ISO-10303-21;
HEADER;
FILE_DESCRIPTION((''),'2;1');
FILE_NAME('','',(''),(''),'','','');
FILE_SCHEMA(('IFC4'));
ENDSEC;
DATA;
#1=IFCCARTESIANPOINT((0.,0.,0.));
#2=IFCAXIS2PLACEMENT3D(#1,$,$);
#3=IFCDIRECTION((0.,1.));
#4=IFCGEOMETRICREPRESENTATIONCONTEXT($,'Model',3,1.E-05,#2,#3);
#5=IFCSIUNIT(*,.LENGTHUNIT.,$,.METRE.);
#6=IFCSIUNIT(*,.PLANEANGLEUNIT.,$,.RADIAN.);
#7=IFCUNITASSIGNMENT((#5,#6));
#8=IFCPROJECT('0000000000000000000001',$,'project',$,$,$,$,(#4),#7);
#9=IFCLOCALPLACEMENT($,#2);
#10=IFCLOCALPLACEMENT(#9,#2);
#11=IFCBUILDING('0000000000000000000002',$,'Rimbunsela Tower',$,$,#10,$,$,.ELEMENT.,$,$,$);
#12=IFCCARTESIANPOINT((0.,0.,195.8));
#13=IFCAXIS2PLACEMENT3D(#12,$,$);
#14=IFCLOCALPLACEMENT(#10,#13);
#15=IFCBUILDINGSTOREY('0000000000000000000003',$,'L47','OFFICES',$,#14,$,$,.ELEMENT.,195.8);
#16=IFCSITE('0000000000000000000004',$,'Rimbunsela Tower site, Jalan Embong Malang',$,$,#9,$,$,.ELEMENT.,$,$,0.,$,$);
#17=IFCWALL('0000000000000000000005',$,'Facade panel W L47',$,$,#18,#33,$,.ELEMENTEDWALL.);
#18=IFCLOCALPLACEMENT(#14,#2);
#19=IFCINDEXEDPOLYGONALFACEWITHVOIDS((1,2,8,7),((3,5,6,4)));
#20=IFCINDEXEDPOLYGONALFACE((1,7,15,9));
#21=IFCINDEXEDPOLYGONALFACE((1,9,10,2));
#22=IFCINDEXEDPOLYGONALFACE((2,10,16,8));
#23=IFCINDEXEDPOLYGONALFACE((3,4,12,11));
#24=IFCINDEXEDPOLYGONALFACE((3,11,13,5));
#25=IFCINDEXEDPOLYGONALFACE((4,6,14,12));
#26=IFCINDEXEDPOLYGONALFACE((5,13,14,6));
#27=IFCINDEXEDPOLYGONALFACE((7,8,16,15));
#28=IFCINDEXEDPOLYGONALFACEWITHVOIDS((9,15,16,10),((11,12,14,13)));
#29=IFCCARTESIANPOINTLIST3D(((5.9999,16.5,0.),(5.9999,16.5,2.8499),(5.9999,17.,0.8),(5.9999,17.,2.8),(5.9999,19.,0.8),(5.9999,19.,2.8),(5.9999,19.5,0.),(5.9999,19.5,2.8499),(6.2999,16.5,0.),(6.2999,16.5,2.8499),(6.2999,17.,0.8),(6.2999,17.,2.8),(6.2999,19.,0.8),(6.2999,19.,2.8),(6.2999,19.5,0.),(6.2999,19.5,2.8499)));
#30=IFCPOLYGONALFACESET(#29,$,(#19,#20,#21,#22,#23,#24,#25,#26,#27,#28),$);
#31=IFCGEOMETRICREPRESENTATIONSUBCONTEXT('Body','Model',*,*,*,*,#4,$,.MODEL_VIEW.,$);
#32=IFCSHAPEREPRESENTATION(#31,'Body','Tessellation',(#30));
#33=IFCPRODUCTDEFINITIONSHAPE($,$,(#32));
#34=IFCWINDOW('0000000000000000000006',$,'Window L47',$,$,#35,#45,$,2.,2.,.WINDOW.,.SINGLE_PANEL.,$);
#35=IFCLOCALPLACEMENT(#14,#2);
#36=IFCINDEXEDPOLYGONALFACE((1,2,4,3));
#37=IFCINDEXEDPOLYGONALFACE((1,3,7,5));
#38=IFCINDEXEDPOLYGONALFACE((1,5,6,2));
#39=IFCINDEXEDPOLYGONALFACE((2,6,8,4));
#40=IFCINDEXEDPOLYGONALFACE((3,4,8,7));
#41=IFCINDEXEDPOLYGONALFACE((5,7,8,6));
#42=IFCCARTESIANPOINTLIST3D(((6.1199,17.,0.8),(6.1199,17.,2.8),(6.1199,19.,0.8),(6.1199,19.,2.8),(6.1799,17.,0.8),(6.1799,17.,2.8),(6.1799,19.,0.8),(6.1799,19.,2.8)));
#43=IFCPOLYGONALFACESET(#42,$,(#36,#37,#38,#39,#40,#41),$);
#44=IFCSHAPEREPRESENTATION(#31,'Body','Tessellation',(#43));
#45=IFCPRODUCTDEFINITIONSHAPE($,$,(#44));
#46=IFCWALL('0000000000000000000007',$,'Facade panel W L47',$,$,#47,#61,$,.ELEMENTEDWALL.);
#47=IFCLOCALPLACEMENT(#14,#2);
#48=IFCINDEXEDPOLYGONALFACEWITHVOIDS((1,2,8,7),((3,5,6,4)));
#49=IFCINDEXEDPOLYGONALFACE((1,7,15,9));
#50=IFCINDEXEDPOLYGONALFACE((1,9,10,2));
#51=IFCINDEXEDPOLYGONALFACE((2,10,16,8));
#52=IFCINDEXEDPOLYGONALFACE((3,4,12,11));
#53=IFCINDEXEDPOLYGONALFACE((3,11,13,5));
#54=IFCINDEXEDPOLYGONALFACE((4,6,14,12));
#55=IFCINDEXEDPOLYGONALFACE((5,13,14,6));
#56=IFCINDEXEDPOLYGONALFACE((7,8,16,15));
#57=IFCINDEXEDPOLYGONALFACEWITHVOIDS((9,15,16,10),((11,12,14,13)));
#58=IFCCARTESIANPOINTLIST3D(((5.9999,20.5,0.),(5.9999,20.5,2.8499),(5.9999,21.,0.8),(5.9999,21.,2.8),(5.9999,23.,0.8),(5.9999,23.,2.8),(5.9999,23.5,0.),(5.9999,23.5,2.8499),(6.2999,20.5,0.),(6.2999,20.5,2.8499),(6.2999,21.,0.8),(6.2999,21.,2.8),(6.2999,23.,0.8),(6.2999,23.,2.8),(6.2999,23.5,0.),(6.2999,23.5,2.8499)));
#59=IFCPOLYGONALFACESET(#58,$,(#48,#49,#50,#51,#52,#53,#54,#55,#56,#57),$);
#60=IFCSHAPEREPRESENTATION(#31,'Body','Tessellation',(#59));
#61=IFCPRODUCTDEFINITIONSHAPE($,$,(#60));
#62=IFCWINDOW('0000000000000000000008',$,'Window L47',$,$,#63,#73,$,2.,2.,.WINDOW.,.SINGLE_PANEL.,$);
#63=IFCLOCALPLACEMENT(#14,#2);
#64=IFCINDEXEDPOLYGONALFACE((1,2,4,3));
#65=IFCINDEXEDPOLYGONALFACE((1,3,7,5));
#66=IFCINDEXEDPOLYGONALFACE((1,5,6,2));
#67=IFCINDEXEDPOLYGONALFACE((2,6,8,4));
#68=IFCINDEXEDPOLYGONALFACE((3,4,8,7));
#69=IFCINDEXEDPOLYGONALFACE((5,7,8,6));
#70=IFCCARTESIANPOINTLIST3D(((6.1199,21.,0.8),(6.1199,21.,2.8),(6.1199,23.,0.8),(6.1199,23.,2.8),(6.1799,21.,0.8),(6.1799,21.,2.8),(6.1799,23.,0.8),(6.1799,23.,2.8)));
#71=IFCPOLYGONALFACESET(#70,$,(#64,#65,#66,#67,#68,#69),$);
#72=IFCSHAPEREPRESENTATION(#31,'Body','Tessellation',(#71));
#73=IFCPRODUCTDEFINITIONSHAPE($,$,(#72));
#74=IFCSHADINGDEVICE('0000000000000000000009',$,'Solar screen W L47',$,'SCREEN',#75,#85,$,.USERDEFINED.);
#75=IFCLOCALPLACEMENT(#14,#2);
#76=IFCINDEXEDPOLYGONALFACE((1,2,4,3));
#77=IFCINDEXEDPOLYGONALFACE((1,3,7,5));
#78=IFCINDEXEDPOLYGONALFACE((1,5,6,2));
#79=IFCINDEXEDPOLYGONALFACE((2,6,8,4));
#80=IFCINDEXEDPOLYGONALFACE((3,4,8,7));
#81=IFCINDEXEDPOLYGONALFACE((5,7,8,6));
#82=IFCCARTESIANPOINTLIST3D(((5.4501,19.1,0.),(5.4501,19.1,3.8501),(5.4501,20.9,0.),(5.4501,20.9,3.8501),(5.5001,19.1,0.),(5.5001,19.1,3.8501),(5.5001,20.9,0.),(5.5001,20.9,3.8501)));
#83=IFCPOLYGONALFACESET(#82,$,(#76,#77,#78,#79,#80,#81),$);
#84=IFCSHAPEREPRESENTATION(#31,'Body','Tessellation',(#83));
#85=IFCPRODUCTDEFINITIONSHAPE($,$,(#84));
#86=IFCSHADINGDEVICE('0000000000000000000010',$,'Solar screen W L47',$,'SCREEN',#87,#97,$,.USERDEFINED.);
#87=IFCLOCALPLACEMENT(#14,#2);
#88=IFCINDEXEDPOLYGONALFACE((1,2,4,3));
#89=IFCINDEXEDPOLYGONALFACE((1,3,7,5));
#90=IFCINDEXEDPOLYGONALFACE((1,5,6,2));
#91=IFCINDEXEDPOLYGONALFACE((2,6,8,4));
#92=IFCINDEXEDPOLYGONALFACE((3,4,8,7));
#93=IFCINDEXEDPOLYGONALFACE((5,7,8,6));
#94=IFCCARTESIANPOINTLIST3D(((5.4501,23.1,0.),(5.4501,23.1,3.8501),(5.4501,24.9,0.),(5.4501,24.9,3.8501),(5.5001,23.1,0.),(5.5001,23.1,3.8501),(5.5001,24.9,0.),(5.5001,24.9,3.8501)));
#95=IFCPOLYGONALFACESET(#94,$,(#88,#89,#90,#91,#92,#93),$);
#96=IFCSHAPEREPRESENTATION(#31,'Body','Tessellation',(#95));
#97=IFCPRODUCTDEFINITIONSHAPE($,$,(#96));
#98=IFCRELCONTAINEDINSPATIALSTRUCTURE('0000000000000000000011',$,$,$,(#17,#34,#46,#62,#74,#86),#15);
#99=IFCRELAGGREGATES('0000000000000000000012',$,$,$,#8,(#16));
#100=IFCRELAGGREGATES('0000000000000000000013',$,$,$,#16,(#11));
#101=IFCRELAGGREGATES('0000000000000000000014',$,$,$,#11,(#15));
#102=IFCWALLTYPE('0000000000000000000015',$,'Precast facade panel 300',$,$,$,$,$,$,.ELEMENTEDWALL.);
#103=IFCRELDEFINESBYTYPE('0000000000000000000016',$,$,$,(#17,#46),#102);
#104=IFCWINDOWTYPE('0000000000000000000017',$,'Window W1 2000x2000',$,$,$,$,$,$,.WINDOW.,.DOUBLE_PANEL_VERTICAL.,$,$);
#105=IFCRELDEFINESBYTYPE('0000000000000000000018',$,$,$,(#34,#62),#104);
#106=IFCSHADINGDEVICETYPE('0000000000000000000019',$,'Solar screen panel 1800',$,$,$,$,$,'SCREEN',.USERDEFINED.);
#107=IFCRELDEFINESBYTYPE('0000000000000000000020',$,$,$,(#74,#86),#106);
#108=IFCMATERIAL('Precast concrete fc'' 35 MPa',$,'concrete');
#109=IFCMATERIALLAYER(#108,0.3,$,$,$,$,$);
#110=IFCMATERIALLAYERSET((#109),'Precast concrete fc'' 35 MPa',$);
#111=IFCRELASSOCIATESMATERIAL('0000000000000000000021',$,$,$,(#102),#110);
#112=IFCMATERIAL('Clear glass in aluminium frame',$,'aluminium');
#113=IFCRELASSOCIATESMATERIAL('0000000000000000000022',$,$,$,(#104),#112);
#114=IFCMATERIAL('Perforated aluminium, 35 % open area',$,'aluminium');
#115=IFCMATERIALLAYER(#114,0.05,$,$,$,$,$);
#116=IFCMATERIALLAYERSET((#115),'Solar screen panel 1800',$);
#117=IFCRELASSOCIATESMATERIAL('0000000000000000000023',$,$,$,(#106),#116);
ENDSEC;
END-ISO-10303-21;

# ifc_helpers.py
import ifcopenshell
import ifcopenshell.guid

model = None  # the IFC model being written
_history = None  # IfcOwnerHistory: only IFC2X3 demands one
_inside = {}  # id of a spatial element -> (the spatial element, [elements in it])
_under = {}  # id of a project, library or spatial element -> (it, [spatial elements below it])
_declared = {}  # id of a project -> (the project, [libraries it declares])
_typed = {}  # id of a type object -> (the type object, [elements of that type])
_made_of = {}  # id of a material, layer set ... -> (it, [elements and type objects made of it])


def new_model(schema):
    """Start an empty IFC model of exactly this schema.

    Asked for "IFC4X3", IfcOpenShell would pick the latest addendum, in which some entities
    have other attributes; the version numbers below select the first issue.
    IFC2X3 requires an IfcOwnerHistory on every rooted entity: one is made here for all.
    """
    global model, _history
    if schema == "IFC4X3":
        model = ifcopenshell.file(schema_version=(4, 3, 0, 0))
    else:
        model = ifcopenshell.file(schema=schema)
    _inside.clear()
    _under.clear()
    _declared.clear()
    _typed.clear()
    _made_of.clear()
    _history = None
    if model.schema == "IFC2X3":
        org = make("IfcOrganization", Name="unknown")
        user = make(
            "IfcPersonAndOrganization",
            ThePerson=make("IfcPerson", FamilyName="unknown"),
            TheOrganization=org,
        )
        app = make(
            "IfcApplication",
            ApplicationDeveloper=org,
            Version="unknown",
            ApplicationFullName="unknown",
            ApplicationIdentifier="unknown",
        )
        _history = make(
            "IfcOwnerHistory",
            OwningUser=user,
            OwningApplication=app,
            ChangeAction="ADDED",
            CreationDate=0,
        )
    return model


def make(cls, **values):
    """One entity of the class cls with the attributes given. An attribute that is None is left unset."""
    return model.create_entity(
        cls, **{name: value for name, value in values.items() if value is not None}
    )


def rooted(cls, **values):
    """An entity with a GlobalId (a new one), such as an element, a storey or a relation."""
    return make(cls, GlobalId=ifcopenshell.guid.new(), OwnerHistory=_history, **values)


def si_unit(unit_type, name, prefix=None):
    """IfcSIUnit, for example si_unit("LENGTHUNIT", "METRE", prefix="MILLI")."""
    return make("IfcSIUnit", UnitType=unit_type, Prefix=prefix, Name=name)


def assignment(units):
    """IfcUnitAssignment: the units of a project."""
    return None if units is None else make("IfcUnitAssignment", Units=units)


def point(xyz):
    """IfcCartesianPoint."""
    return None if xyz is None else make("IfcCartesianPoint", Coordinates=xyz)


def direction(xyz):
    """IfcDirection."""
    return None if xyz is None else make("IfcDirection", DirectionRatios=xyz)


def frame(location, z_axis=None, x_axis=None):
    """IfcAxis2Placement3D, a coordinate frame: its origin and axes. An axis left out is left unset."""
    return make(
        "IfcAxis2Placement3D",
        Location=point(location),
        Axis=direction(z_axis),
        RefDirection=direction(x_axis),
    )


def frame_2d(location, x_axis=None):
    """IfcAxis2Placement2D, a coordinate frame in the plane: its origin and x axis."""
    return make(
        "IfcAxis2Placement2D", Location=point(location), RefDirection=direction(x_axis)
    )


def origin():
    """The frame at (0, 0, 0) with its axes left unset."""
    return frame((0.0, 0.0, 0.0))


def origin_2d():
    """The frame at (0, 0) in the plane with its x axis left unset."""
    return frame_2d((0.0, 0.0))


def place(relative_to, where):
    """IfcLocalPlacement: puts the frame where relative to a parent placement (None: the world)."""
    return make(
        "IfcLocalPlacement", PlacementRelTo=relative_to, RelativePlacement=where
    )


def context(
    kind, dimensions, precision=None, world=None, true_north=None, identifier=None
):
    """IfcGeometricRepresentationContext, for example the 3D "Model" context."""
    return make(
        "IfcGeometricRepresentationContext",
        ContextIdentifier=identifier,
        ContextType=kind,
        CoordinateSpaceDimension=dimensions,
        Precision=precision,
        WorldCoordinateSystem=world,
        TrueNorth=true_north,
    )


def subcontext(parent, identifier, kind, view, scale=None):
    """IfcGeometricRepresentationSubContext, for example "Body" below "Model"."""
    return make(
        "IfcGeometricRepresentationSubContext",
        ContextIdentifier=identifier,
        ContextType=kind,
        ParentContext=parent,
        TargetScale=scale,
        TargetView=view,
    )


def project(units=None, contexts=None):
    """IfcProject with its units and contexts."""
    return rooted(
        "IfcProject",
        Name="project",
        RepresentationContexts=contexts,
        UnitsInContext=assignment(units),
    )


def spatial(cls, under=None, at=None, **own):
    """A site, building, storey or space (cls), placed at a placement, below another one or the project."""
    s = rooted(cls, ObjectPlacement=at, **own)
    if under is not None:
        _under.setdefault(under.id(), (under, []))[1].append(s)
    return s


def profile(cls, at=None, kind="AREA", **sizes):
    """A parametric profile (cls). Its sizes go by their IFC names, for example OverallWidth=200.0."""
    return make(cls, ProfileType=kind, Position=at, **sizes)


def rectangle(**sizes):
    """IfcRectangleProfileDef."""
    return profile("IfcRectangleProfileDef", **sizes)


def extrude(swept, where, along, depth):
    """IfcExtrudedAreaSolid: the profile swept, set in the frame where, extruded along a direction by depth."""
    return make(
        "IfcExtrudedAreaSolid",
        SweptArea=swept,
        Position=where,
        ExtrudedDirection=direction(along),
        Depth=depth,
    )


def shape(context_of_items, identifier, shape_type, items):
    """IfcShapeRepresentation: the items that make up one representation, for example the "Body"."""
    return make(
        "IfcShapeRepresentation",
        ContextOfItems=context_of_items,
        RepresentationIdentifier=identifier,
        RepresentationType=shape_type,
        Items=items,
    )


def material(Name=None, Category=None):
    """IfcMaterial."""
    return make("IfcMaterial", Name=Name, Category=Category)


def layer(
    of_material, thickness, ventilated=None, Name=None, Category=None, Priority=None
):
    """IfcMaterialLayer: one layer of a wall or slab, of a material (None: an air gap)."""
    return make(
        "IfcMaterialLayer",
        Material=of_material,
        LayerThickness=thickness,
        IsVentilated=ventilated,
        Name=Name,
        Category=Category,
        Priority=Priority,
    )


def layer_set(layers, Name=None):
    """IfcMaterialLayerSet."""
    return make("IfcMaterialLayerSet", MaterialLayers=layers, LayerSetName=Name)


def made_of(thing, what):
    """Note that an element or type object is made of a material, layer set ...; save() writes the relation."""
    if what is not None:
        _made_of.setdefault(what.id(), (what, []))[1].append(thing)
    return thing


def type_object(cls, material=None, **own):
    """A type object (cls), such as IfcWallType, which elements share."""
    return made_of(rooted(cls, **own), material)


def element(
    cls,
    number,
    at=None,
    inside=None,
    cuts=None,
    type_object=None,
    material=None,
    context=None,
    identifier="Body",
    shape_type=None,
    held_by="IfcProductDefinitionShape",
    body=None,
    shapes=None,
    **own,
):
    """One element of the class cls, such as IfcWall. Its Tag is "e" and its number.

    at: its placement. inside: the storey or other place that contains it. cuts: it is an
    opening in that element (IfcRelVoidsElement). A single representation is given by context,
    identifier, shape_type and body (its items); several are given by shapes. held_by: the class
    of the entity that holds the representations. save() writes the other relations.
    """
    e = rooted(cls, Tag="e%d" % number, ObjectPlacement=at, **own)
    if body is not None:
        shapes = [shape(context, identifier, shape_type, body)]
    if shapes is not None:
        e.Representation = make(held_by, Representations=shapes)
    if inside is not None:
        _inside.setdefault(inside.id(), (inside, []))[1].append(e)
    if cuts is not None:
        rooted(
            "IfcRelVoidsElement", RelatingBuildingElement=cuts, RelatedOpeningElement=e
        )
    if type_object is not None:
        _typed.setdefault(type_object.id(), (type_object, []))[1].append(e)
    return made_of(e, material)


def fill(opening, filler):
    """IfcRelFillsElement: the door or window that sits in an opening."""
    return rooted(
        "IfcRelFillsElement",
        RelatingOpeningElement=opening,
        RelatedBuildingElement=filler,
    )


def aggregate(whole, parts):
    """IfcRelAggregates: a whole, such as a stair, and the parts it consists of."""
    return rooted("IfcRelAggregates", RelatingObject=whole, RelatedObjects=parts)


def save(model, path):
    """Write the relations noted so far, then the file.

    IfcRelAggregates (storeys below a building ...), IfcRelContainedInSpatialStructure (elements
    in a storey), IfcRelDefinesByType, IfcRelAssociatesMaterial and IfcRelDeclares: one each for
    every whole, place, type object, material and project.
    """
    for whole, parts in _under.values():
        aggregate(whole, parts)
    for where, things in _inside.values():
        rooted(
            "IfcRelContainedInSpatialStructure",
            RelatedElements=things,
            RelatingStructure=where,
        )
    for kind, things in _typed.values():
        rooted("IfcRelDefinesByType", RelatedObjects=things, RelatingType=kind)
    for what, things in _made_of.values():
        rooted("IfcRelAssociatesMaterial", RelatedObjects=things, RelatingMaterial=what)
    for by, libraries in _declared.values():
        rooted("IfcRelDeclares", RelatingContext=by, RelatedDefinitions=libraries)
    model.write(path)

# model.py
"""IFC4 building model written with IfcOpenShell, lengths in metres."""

from ifc_helpers import new_model, si_unit, direction, frame, frame_2d, origin, origin_2d, place, context, subcontext, project, spatial, rectangle, extrude, material, layer, layer_set, type_object, element, fill, save


model = new_model("IFC4")

# Units and contexts
model_context = context("Model", 3, precision=1e-05, world=origin(), true_north=direction((0.0, 1.0)))
body_context = subcontext(model_context, "Body", "Model", "MODEL_VIEW")
ifc_project = project(units=[si_unit("LENGTHUNIT", "METRE"), si_unit("PLANEANGLEUNIT", "RADIAN")], contexts=[model_context])

# Site, building, storey
site_placement = place(None, origin())
site = spatial("IfcSite", under=ifc_project, at=site_placement, Name="Rimbunsela Tower site, Jalan Embong Malang", CompositionType="ELEMENT", RefElevation=0.0)
building_placement = place(site_placement, origin())
building = spatial("IfcBuilding", under=site, at=building_placement, Name="Rimbunsela Tower", CompositionType="ELEMENT")
storey_placement = place(building_placement, frame((0.0, 0.0, 195.8)))
storey = spatial("IfcBuildingStorey", under=building, at=storey_placement, Name="L47", Description="OFFICES", CompositionType="ELEMENT", Elevation=195.8)

# Walls, openings, windows
ifc_material_1 = material(Name="Precast concrete fc' 35 MPa", Category="concrete")
ifc_layer_1 = layer(ifc_material_1, 0.3)
ifc_layer_set_1 = layer_set([ifc_layer_1], Name="Precast concrete fc' 35 MPa")
wall_type_1 = type_object("IfcWallType", Name="Precast facade panel 300", PredefinedType="ELEMENTEDWALL", material=ifc_layer_set_1)
wall_1_placement = place(storey_placement, frame((6.1499, 19.5, 0.0), z_axis=(0.0, 0.0, 1.0), x_axis=(0.0, -1.0, 0.0)))
wall_1 = element("IfcWall", 1, at=wall_1_placement, inside=storey, type_object=wall_type_1, Name="Facade panel W L47", PredefinedType="ELEMENTEDWALL", context=body_context, shape_type="SweptSolid", body=[
    extrude(rectangle(XDim=3.0, YDim=0.3, at=frame_2d((1.5, 0.0))), origin(), (0.0, 0.0, 1.0), 2.8499),
])
opening_1_placement = place(wall_1_placement, frame((0.5, 0.0, 0.8)))
opening_1 = element("IfcOpeningElement", 2, at=opening_1_placement, cuts=wall_1, PredefinedType="OPENING", context=body_context, shape_type="SweptSolid", body=[
    extrude(rectangle(XDim=2.0, YDim=2.0, at=frame_2d((1.0, 1.0))), frame((0.0, 0.1599, 0.0), z_axis=(0.0, -1.0, 0.0), x_axis=(1.0, 0.0, 0.0)), (0.0, 0.0, 1.0), 0.3201),
])
ifc_material_2 = material(Name="Clear glass in aluminium frame", Category="aluminium")
window_type = type_object("IfcWindowType", Name="Window W1 2000x2000", PartitioningType="DOUBLE_PANEL_VERTICAL", PredefinedType="WINDOW", material=ifc_material_2)
window_1_placement = place(opening_1_placement, origin())
window_1 = element("IfcWindow", 3, at=window_1_placement, inside=storey, type_object=window_type, Name="Window L47", OverallHeight=2.0, OverallWidth=2.0, PartitioningType="SINGLE_PANEL", PredefinedType="WINDOW", context=body_context, shape_type="SweptSolid", body=[
    extrude(rectangle(XDim=2.0, YDim=2.0, at=frame_2d((1.0, 1.0))), frame((0.0, 0.03, 0.0), z_axis=(0.0, -1.0, 0.0), x_axis=(1.0, 0.0, 0.0)), (0.0, 0.0, 1.0), 0.0601),
])
fill(opening_1, window_1)
wall_2_placement = place(storey_placement, frame((6.1499, 23.5, 0.0), z_axis=(0.0, 0.0, 1.0), x_axis=(0.0, -1.0, 0.0)))
wall_2 = element("IfcWall", 4, at=wall_2_placement, inside=storey, type_object=wall_type_1, Name="Facade panel W L47", PredefinedType="ELEMENTEDWALL", context=body_context, shape_type="SweptSolid", body=[
    extrude(rectangle(XDim=3.0, YDim=0.3, at=frame_2d((1.5, 0.0))), origin(), (0.0, 0.0, 1.0), 2.8499),
])
opening_2_placement = place(wall_2_placement, frame((0.5, 0.0, 0.8)))
opening_2 = element("IfcOpeningElement", 5, at=opening_2_placement, cuts=wall_2, PredefinedType="OPENING", context=body_context, shape_type="SweptSolid", body=[
    extrude(rectangle(XDim=2.0, YDim=2.0, at=frame_2d((1.0, 1.0))), frame((0.0, 0.1599, 0.0), z_axis=(0.0, -1.0, 0.0), x_axis=(1.0, 0.0, 0.0)), (0.0, 0.0, 1.0), 0.3201),
])
window_2_placement = place(opening_2_placement, origin())
window_2 = element("IfcWindow", 6, at=window_2_placement, inside=storey, type_object=window_type, Name="Window L47", OverallHeight=2.0, OverallWidth=2.0, PartitioningType="SINGLE_PANEL", PredefinedType="WINDOW", context=body_context, shape_type="SweptSolid", body=[
    extrude(rectangle(XDim=2.0, YDim=2.0, at=frame_2d((1.0, 1.0))), frame((0.0, 0.03, 0.0), z_axis=(0.0, -1.0, 0.0), x_axis=(1.0, 0.0, 0.0)), (0.0, 0.0, 1.0), 0.0601),
])
fill(opening_2, window_2)

# Shading devices
ifc_material_3 = material(Name="Perforated aluminium, 35 % open area", Category="aluminium")
ifc_layer_2 = layer(ifc_material_3, 0.05)
ifc_layer_set_2 = layer_set([ifc_layer_2], Name="Solar screen panel 1800")
shading_device_type = type_object("IfcShadingDeviceType", Name="Solar screen panel 1800", ElementType="SCREEN", PredefinedType="USERDEFINED", material=ifc_layer_set_2)
for number, where, z_axis, x_axis, name in (
    (7, (5.4751, 20.0, 0.0), (0.0, 0.0, 1.0), (0.0, 1.0, 0.0), "Solar screen W L47"),
    (8, (5.4751, 24.0, 0.0), (0.0, 0.0, 1.0), (0.0, 1.0, 0.0), "Solar screen W L47"),
):
    element("IfcShadingDevice", number, at=place(storey_placement, frame(where, z_axis=z_axis, x_axis=x_axis)), inside=storey, type_object=shading_device_type, Name=name, ObjectType="SCREEN", PredefinedType="USERDEFINED", context=body_context, shape_type="SweptSolid", body=[
        extrude(rectangle(XDim=1.8, YDim=0.05, at=origin_2d()), origin(), (0.0, 0.0, 1.0), 3.8501),
    ])

save(model, "model.ifc")
